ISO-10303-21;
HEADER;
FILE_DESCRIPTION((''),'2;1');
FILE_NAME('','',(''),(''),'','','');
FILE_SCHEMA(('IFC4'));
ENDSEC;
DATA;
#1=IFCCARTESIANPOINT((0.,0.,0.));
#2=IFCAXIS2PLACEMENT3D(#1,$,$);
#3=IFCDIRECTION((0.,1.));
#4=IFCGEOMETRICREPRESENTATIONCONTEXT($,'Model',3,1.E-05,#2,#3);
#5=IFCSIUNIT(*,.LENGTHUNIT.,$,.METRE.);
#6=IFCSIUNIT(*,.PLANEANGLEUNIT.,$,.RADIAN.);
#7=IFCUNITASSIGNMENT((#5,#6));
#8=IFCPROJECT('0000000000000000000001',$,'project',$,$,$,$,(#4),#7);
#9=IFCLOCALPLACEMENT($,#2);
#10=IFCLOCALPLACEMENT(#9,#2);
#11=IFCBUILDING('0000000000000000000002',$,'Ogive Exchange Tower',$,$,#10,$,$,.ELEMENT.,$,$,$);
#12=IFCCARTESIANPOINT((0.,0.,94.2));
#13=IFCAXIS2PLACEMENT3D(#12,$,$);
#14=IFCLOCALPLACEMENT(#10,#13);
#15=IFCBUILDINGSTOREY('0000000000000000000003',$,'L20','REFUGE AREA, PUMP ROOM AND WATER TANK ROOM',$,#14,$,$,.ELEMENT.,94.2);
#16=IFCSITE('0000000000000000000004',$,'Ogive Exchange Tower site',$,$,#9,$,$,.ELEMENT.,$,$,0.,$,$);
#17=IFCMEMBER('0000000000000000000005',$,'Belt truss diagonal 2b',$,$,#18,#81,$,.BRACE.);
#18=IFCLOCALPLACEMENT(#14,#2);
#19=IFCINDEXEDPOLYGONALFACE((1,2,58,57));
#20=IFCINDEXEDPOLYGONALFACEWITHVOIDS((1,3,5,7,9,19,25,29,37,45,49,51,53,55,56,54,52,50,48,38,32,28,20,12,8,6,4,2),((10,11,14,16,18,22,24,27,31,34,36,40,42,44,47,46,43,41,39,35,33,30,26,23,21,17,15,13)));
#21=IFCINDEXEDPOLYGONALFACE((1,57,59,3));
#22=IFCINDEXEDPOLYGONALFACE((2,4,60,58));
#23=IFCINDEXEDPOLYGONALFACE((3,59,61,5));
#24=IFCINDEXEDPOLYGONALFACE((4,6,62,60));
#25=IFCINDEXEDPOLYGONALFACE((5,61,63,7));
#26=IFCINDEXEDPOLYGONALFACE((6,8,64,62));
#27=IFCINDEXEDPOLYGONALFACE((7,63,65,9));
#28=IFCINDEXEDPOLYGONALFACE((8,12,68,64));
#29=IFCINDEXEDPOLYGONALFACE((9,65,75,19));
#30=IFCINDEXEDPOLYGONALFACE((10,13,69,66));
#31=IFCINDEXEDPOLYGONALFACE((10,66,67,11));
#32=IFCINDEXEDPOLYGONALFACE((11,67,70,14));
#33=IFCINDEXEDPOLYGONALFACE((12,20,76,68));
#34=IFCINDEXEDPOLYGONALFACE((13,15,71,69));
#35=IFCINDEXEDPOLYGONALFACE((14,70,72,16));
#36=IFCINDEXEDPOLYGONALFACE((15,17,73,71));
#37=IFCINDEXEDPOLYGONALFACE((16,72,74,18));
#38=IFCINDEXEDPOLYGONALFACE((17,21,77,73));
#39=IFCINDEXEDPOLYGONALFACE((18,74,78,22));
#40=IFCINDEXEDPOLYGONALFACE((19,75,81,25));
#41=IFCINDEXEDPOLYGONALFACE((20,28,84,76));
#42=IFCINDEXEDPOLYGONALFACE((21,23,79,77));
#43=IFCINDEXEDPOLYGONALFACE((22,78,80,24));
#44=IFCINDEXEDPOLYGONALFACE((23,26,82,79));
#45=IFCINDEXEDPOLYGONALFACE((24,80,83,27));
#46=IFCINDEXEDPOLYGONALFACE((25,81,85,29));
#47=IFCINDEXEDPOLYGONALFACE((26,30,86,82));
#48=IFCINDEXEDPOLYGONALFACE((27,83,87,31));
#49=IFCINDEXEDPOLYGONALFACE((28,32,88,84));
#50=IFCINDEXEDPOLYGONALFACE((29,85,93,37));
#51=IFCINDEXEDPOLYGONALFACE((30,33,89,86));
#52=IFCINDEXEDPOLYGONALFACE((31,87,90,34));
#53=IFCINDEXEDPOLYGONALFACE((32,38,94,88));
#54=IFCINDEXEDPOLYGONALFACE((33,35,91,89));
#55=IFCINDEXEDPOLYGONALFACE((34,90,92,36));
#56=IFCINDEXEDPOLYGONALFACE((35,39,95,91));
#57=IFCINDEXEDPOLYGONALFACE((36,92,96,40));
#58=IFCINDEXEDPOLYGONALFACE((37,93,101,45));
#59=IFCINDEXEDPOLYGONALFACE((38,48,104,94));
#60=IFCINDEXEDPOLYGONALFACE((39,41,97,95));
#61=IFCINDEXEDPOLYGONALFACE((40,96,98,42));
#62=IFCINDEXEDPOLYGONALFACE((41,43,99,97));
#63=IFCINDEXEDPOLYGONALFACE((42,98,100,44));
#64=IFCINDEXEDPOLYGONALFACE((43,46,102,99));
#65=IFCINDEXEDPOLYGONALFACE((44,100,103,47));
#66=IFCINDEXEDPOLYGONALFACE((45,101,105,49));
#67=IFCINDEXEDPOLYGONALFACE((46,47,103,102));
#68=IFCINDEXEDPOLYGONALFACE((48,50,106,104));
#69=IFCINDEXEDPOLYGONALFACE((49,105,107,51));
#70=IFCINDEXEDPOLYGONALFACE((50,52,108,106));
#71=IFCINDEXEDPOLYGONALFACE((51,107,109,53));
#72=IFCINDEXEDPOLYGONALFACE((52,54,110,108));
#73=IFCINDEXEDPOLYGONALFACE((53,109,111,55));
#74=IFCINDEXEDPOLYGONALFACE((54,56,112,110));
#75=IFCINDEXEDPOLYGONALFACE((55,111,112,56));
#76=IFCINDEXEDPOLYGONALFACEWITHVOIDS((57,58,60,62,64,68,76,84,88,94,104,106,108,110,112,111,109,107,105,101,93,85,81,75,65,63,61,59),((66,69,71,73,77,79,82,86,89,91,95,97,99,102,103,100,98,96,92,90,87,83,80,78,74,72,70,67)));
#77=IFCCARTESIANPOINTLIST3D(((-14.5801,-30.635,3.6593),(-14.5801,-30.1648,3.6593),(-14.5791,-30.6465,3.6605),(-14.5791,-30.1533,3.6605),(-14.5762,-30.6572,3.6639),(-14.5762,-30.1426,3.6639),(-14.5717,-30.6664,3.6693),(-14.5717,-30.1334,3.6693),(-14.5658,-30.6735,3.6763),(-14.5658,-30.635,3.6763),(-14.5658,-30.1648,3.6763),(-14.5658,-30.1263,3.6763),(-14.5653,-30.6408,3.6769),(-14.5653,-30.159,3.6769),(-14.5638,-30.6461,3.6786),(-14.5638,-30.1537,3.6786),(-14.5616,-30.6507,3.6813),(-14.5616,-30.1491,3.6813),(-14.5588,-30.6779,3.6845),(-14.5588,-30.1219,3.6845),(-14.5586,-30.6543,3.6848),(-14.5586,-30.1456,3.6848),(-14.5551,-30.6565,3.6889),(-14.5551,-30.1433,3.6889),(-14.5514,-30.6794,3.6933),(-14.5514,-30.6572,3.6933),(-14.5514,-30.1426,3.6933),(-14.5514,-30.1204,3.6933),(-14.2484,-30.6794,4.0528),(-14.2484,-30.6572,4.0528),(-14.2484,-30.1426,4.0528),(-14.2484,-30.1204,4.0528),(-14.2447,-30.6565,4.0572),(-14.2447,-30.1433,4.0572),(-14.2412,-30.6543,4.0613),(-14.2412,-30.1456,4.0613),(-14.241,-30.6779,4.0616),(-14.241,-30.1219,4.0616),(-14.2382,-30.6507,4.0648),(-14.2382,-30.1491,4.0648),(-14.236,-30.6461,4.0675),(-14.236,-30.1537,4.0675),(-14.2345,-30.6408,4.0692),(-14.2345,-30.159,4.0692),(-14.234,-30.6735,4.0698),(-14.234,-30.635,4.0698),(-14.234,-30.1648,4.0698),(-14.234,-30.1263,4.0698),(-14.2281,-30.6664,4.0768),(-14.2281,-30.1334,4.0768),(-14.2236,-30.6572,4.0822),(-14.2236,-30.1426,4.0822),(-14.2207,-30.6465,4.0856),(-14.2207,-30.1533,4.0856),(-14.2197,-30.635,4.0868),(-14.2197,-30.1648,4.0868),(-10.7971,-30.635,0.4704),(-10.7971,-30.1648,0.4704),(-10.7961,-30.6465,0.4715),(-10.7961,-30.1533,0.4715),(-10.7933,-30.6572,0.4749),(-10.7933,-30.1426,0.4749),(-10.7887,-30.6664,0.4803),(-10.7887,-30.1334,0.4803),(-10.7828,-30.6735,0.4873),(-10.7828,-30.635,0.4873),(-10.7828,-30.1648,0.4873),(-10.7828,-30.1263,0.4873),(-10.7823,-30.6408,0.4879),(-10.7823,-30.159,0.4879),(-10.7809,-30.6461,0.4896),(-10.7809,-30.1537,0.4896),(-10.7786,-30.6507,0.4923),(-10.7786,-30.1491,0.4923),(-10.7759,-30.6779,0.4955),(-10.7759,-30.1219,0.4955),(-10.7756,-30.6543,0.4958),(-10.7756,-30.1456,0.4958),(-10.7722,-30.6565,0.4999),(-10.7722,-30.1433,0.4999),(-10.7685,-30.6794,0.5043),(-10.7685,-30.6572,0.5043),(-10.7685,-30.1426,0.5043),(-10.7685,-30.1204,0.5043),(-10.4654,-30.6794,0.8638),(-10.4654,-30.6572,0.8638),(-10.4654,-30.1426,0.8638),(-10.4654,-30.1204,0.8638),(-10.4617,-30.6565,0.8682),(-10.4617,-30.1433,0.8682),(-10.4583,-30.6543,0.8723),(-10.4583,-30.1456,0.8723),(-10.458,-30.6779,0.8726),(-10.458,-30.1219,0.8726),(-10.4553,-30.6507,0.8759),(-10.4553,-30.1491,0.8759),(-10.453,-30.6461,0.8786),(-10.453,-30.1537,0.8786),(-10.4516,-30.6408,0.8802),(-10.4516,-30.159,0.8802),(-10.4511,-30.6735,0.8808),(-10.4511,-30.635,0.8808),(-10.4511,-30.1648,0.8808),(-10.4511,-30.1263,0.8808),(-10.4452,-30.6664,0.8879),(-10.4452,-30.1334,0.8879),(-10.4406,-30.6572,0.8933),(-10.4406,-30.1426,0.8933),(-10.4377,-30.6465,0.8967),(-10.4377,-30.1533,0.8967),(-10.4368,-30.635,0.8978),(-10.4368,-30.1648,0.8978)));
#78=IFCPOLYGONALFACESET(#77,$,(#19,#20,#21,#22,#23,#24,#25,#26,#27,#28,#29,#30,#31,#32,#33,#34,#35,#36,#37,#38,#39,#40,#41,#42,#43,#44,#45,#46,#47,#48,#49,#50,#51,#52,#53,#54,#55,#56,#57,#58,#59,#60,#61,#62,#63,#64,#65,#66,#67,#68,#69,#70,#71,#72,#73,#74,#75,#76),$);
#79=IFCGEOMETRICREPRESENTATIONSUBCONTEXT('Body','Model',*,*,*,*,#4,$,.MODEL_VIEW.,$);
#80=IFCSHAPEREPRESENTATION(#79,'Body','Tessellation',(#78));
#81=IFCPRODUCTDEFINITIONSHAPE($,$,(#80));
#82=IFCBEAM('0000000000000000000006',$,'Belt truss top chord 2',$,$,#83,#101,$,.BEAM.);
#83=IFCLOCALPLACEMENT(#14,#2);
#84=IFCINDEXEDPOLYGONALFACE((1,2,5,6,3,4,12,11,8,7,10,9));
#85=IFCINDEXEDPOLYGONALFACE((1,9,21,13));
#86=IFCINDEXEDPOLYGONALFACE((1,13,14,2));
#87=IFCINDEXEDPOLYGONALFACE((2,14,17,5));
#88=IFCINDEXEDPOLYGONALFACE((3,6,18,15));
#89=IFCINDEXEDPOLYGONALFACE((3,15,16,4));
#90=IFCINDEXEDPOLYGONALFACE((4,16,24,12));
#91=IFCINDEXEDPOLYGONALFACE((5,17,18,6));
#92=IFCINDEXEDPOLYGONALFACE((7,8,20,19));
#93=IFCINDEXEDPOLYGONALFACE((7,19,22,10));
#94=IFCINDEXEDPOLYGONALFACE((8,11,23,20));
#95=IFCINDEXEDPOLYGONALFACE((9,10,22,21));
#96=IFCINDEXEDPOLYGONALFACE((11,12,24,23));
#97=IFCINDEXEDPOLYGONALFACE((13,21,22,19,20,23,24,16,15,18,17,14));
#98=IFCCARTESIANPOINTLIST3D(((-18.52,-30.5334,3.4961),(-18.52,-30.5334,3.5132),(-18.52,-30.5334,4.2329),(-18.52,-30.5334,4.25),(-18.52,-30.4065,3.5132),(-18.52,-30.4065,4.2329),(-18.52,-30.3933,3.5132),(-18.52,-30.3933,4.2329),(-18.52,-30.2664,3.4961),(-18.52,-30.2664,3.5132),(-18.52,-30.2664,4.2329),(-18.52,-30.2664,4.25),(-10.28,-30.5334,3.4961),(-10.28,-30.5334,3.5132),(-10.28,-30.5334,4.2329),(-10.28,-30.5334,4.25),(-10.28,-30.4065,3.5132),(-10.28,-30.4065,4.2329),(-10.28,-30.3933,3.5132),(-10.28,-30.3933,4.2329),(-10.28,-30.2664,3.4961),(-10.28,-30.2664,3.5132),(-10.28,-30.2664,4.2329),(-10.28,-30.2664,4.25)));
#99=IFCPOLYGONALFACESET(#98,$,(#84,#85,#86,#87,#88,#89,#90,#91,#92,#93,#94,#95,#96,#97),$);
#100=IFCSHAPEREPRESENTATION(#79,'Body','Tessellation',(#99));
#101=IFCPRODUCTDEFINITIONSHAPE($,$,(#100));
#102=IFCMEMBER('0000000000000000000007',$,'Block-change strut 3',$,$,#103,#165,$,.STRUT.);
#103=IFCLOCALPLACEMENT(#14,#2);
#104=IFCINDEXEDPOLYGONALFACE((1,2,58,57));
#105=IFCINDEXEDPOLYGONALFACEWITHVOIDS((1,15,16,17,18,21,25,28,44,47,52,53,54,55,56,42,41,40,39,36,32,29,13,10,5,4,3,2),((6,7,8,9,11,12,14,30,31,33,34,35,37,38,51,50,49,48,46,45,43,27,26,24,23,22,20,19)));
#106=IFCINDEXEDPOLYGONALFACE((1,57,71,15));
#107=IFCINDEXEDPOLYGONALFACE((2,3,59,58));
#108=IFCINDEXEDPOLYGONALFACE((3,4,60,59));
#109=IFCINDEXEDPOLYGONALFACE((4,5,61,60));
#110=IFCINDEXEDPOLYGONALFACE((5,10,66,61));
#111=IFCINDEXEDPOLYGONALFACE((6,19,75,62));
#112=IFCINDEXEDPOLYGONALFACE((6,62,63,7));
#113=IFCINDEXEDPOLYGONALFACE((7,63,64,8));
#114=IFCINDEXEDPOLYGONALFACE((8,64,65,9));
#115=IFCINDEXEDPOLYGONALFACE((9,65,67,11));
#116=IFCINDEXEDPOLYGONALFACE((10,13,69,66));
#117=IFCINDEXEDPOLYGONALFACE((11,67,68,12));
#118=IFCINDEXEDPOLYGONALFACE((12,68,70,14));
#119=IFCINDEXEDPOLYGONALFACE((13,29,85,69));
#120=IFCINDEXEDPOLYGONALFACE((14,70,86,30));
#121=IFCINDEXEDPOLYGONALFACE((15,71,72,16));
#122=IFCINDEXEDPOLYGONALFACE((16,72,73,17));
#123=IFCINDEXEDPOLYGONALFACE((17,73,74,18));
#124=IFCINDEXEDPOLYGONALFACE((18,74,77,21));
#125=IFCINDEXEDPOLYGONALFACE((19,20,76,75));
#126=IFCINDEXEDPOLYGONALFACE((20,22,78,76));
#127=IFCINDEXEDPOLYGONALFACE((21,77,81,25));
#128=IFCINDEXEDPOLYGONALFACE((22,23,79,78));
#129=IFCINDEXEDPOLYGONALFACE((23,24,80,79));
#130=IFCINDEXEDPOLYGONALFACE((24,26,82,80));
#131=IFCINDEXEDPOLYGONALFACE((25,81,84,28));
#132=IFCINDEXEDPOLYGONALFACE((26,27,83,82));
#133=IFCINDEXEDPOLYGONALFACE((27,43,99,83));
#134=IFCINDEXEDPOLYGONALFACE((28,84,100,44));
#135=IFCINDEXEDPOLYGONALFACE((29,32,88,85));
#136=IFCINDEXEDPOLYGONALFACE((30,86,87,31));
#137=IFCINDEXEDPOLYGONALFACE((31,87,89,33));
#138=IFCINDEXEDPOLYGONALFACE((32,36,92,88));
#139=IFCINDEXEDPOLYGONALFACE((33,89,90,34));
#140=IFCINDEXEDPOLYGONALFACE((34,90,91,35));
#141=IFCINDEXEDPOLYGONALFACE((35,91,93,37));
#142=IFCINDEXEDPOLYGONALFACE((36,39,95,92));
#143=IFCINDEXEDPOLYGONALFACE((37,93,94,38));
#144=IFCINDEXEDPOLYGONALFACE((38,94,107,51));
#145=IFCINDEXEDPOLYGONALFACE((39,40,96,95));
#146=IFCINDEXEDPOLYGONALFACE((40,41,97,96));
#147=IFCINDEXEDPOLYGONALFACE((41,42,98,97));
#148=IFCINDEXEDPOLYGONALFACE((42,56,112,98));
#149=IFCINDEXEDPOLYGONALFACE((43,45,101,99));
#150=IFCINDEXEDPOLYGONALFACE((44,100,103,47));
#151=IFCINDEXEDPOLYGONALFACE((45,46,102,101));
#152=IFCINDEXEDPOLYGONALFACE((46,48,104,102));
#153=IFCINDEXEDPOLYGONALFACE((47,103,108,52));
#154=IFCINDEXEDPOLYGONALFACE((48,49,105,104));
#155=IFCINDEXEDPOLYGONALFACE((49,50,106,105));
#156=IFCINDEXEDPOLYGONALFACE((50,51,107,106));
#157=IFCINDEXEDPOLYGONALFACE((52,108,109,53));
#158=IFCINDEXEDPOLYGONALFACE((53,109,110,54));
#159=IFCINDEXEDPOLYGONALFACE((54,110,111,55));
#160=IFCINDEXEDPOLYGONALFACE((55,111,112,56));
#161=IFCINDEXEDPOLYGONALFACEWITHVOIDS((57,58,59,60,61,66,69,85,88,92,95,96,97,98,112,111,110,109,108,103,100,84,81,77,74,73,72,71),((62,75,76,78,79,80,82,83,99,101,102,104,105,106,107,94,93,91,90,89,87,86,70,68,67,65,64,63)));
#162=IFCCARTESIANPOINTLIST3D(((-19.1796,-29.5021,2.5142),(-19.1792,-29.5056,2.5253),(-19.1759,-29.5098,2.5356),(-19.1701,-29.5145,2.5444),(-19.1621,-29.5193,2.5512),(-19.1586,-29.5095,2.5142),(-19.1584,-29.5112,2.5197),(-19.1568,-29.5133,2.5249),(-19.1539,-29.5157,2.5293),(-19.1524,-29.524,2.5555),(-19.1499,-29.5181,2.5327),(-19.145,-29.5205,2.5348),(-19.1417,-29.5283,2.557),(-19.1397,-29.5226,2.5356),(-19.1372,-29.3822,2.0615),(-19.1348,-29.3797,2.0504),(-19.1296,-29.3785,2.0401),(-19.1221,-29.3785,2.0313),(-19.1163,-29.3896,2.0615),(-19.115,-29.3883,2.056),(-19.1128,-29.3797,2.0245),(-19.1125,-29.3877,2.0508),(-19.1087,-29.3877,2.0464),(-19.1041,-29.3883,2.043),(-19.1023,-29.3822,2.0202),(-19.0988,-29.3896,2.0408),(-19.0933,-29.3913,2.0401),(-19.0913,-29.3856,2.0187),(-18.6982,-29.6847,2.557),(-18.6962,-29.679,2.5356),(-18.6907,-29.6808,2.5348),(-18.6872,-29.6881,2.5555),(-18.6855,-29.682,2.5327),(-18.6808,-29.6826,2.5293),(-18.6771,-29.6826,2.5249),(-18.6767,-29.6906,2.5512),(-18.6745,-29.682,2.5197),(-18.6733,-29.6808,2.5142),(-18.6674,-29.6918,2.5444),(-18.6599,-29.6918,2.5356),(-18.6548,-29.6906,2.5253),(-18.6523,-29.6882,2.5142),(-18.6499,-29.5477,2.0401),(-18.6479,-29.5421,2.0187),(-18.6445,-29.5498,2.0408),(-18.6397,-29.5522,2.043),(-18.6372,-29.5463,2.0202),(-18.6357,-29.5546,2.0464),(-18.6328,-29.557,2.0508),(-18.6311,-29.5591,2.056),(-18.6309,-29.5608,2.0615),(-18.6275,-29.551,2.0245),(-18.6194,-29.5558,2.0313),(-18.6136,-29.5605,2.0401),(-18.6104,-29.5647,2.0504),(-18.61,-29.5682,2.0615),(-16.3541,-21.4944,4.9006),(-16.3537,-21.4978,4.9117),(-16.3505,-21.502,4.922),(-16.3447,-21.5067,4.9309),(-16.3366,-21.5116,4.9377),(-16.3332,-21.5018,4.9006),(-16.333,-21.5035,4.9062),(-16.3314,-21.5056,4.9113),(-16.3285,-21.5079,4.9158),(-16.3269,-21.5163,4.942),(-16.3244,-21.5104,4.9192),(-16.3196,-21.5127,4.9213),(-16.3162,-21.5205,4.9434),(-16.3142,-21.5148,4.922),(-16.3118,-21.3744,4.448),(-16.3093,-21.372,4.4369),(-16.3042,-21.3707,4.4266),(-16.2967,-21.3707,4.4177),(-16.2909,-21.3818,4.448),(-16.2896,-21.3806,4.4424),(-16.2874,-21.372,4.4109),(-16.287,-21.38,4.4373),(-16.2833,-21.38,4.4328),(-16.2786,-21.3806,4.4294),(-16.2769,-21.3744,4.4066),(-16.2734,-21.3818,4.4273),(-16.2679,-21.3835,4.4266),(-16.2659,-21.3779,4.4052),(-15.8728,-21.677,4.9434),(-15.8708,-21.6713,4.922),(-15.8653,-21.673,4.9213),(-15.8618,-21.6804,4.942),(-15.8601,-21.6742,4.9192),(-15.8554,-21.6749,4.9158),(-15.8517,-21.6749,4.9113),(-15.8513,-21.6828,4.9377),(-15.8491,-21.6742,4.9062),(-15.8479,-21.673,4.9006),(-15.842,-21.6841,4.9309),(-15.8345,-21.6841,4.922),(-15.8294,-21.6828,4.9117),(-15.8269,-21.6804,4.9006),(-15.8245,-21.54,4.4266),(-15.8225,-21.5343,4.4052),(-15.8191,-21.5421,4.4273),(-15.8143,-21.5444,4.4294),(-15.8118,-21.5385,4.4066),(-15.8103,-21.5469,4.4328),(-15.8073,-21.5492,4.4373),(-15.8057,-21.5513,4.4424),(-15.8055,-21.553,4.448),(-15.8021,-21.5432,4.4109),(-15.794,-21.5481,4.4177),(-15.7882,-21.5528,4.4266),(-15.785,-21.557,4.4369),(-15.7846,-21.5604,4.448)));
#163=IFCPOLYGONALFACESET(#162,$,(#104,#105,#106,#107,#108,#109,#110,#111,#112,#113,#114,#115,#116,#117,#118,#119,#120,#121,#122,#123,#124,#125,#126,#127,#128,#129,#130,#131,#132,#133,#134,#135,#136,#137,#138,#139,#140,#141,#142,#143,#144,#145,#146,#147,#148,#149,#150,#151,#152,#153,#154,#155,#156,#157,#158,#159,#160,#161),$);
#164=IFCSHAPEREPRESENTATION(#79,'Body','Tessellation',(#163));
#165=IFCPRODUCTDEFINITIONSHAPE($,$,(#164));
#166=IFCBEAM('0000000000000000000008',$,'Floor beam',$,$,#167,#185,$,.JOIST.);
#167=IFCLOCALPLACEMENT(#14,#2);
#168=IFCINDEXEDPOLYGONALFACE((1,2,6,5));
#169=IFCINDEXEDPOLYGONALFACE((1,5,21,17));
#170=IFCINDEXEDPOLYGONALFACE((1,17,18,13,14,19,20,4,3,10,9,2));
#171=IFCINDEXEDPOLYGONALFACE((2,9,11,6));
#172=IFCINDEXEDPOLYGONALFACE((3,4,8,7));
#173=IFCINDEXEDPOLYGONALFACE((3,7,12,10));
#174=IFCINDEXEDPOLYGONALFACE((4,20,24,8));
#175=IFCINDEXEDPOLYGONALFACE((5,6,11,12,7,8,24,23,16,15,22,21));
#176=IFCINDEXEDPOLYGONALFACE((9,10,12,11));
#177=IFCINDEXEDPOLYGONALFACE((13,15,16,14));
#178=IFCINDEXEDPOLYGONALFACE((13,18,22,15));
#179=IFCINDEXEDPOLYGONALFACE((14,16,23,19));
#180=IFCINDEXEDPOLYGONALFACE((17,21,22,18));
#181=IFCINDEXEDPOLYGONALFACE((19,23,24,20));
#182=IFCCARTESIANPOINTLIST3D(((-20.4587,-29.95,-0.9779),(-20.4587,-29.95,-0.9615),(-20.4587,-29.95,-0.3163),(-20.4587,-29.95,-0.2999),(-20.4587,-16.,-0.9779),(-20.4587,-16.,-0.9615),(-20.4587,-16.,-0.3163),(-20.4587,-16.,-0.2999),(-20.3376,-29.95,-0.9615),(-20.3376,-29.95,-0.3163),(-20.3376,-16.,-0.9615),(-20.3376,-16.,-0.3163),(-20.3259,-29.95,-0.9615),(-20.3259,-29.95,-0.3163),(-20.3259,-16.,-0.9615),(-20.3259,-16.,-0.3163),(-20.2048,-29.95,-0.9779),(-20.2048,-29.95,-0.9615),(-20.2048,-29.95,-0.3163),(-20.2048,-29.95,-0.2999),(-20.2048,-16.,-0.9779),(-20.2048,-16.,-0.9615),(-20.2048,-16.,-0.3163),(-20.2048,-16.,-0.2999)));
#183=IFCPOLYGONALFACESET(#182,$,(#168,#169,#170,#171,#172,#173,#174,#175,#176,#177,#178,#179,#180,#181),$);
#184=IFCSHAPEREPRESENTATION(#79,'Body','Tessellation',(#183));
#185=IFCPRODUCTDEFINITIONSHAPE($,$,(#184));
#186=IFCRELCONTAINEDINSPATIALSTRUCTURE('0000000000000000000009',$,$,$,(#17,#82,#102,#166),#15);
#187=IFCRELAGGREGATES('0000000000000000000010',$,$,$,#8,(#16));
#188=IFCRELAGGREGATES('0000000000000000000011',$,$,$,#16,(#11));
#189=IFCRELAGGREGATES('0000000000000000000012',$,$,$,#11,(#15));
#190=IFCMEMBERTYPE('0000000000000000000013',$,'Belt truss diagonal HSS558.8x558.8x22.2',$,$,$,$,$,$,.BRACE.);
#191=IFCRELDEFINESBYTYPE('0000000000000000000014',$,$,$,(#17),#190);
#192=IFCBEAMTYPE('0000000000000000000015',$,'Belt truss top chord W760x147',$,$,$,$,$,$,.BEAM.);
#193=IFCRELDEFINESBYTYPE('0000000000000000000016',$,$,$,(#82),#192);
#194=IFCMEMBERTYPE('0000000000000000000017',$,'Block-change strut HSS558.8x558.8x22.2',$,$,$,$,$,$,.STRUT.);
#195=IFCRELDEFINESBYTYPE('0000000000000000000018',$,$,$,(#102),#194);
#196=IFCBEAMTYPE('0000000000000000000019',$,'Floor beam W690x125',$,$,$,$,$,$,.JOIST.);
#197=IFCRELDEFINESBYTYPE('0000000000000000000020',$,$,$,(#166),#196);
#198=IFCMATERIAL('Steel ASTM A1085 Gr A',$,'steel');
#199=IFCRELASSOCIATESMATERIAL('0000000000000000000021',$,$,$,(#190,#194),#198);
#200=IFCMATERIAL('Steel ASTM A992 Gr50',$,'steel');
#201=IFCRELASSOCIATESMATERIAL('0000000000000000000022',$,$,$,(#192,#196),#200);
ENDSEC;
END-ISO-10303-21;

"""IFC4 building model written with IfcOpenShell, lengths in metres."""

from ifc_helpers import new_model, si_unit, direction, frame, origin, origin_2d, place, context, subcontext, project, spatial, hollow_rectangle, i_section, extrude, material, material_profile, profile_set, type_object, element, save


model = new_model("IFC4")

# Units and contexts
model_context = context("Model", 3, precision=1e-05, world=origin(), true_north=direction((0.0, 1.0)))
body_context = subcontext(model_context, "Body", "Model", "MODEL_VIEW")
ifc_project = project(units=[si_unit("LENGTHUNIT", "METRE"), si_unit("PLANEANGLEUNIT", "RADIAN")], contexts=[model_context])

# Site, building, storey
site_placement = place(None, origin())
site = spatial("IfcSite", under=ifc_project, at=site_placement, Name="Ogive Exchange Tower site", CompositionType="ELEMENT", RefElevation=0.0)
building_placement = place(site_placement, origin())
building = spatial("IfcBuilding", under=site, at=building_placement, Name="Ogive Exchange Tower", CompositionType="ELEMENT")
storey_placement = place(building_placement, frame((0.0, 0.0, 94.2)))
storey = spatial("IfcBuildingStorey", under=building, at=storey_placement, Name="L20", Description="REFUGE AREA, PUMP ROOM AND WATER TANK ROOM", CompositionType="ELEMENT", Elevation=94.2)

# Shared definitions
ifc_material_1 = material(Name="Steel ASTM A992 Gr50", Category="steel")

# Member
ifc_material_2 = material(Name="Steel ASTM A1085 Gr A", Category="steel")
ifc_material_profile_1 = material_profile(ifc_material_2, hollow_rectangle(XDim=0.5591, YDim=0.5591, WallThickness=0.0222, InnerFilletRadius=0.0222, OuterFilletRadius=0.0444, at=origin_2d()), Name="HSS558.8x558.8x22.2")
ifc_profile_set_1 = profile_set([ifc_material_profile_1], Name="Steel ASTM A1085 Gr A")
member_type_1 = type_object("IfcMemberType", Name="Belt truss diagonal HSS558.8x558.8x22.2", PredefinedType="BRACE", material=ifc_profile_set_1)
member_1_placement = place(storey_placement, frame((-10.6169, -30.3999, 0.6841), z_axis=(-0.764581, 0.0, 0.644528), x_axis=(0.0, -1.0, 0.0)))
element("IfcMember", 1, at=member_1_placement, inside=storey, type_object=member_type_1, Name="Belt truss diagonal 2b", PredefinedType="BRACE", context=body_context, shape_type="SweptSolid", body=[
    extrude(hollow_rectangle(XDim=0.5591, YDim=0.5591, WallThickness=0.0222, InnerFilletRadius=0.0222, OuterFilletRadius=0.0444, at=origin_2d()), origin(), (0.0, 0.0, 1.0), 4.9478),
])

# Beam
ifc_material_profile_2 = material_profile(ifc_material_1, i_section(OverallWidth=0.2671, OverallDepth=0.7539, WebThickness=0.0132, FlangeThickness=0.0171, at=origin_2d()), Name="W760x147")
ifc_profile_set_2 = profile_set([ifc_material_profile_2], Name="Steel ASTM A992 Gr50")
beam_type_1 = type_object("IfcBeamType", Name="Belt truss top chord W760x147", PredefinedType="BEAM", material=ifc_profile_set_2)
beam_1_placement = place(storey_placement, frame((-18.52, -30.3999, 3.873), z_axis=(1.0, 0.0, 0.0), x_axis=(0.0, 1.0, 0.0)))
element("IfcBeam", 2, at=beam_1_placement, inside=storey, type_object=beam_type_1, Name="Belt truss top chord 2", PredefinedType="BEAM", context=body_context, shape_type="SweptSolid", body=[
    extrude(i_section(OverallWidth=0.2671, OverallDepth=0.7539, WebThickness=0.0132, FlangeThickness=0.0171, at=origin_2d()), origin(), (0.0, 0.0, 1.0), 8.24),
])

# Member
ifc_material_profile_3 = material_profile(ifc_material_2, hollow_rectangle(XDim=0.5591, YDim=0.5591, WallThickness=0.0222, InnerFilletRadius=0.0222, OuterFilletRadius=0.0444, at=origin_2d()), Name="HSS558.8x558.8x22.2")
ifc_profile_set_3 = profile_set([ifc_material_profile_3], Name="Steel ASTM A1085 Gr A")
member_type_2 = type_object("IfcMemberType", Name="Block-change strut HSS558.8x558.8x22.2", PredefinedType="STRUT", material=ifc_profile_set_3)
member_2_placement = place(storey_placement, frame((-18.8948, -29.5352, 2.2878), z_axis=(0.320322, 0.907851, 0.270556), x_axis=(-0.943022, 0.332731, 0.0)))
element("IfcMember", 3, at=member_2_placement, inside=storey, type_object=member_type_2, Name="Block-change strut 3", PredefinedType="STRUT", context=body_context, shape_type="SweptSolid", body=[
    extrude(hollow_rectangle(XDim=0.5591, YDim=0.5591, WallThickness=0.0222, InnerFilletRadius=0.0222, OuterFilletRadius=0.0444, at=origin_2d()), origin(), (0.0, 0.0, 1.0), 8.8206),
])

# Beam
ifc_material_profile_4 = material_profile(ifc_material_1, i_section(OverallWidth=0.2539, OverallDepth=0.678, WebThickness=0.0117, FlangeThickness=0.0164, at=origin_2d()), Name="W690x125")
ifc_profile_set_4 = profile_set([ifc_material_profile_4], Name="Steel ASTM A992 Gr50")
beam_type_2 = type_object("IfcBeamType", Name="Floor beam W690x125", PredefinedType="JOIST", material=ifc_profile_set_4)
for number, where, z_axis, x_axis, name in (
    (4, (-20.3318, -29.95, -0.6389), (0.0, 1.0, 0.0), (-1.0, 0.0, 0.0), "Floor beam"),
):
    element("IfcBeam", number, at=place(storey_placement, frame(where, z_axis=z_axis, x_axis=x_axis)), inside=storey, type_object=beam_type_2, Name=name, PredefinedType="JOIST", context=body_context, shape_type="SweptSolid", body=[
        extrude(i_section(OverallWidth=0.2539, OverallDepth=0.678, WebThickness=0.0117, FlangeThickness=0.0164, at=origin_2d()), origin(), (0.0, 0.0, 1.0), 13.95),
    ])

save(model, "model.ifc")
